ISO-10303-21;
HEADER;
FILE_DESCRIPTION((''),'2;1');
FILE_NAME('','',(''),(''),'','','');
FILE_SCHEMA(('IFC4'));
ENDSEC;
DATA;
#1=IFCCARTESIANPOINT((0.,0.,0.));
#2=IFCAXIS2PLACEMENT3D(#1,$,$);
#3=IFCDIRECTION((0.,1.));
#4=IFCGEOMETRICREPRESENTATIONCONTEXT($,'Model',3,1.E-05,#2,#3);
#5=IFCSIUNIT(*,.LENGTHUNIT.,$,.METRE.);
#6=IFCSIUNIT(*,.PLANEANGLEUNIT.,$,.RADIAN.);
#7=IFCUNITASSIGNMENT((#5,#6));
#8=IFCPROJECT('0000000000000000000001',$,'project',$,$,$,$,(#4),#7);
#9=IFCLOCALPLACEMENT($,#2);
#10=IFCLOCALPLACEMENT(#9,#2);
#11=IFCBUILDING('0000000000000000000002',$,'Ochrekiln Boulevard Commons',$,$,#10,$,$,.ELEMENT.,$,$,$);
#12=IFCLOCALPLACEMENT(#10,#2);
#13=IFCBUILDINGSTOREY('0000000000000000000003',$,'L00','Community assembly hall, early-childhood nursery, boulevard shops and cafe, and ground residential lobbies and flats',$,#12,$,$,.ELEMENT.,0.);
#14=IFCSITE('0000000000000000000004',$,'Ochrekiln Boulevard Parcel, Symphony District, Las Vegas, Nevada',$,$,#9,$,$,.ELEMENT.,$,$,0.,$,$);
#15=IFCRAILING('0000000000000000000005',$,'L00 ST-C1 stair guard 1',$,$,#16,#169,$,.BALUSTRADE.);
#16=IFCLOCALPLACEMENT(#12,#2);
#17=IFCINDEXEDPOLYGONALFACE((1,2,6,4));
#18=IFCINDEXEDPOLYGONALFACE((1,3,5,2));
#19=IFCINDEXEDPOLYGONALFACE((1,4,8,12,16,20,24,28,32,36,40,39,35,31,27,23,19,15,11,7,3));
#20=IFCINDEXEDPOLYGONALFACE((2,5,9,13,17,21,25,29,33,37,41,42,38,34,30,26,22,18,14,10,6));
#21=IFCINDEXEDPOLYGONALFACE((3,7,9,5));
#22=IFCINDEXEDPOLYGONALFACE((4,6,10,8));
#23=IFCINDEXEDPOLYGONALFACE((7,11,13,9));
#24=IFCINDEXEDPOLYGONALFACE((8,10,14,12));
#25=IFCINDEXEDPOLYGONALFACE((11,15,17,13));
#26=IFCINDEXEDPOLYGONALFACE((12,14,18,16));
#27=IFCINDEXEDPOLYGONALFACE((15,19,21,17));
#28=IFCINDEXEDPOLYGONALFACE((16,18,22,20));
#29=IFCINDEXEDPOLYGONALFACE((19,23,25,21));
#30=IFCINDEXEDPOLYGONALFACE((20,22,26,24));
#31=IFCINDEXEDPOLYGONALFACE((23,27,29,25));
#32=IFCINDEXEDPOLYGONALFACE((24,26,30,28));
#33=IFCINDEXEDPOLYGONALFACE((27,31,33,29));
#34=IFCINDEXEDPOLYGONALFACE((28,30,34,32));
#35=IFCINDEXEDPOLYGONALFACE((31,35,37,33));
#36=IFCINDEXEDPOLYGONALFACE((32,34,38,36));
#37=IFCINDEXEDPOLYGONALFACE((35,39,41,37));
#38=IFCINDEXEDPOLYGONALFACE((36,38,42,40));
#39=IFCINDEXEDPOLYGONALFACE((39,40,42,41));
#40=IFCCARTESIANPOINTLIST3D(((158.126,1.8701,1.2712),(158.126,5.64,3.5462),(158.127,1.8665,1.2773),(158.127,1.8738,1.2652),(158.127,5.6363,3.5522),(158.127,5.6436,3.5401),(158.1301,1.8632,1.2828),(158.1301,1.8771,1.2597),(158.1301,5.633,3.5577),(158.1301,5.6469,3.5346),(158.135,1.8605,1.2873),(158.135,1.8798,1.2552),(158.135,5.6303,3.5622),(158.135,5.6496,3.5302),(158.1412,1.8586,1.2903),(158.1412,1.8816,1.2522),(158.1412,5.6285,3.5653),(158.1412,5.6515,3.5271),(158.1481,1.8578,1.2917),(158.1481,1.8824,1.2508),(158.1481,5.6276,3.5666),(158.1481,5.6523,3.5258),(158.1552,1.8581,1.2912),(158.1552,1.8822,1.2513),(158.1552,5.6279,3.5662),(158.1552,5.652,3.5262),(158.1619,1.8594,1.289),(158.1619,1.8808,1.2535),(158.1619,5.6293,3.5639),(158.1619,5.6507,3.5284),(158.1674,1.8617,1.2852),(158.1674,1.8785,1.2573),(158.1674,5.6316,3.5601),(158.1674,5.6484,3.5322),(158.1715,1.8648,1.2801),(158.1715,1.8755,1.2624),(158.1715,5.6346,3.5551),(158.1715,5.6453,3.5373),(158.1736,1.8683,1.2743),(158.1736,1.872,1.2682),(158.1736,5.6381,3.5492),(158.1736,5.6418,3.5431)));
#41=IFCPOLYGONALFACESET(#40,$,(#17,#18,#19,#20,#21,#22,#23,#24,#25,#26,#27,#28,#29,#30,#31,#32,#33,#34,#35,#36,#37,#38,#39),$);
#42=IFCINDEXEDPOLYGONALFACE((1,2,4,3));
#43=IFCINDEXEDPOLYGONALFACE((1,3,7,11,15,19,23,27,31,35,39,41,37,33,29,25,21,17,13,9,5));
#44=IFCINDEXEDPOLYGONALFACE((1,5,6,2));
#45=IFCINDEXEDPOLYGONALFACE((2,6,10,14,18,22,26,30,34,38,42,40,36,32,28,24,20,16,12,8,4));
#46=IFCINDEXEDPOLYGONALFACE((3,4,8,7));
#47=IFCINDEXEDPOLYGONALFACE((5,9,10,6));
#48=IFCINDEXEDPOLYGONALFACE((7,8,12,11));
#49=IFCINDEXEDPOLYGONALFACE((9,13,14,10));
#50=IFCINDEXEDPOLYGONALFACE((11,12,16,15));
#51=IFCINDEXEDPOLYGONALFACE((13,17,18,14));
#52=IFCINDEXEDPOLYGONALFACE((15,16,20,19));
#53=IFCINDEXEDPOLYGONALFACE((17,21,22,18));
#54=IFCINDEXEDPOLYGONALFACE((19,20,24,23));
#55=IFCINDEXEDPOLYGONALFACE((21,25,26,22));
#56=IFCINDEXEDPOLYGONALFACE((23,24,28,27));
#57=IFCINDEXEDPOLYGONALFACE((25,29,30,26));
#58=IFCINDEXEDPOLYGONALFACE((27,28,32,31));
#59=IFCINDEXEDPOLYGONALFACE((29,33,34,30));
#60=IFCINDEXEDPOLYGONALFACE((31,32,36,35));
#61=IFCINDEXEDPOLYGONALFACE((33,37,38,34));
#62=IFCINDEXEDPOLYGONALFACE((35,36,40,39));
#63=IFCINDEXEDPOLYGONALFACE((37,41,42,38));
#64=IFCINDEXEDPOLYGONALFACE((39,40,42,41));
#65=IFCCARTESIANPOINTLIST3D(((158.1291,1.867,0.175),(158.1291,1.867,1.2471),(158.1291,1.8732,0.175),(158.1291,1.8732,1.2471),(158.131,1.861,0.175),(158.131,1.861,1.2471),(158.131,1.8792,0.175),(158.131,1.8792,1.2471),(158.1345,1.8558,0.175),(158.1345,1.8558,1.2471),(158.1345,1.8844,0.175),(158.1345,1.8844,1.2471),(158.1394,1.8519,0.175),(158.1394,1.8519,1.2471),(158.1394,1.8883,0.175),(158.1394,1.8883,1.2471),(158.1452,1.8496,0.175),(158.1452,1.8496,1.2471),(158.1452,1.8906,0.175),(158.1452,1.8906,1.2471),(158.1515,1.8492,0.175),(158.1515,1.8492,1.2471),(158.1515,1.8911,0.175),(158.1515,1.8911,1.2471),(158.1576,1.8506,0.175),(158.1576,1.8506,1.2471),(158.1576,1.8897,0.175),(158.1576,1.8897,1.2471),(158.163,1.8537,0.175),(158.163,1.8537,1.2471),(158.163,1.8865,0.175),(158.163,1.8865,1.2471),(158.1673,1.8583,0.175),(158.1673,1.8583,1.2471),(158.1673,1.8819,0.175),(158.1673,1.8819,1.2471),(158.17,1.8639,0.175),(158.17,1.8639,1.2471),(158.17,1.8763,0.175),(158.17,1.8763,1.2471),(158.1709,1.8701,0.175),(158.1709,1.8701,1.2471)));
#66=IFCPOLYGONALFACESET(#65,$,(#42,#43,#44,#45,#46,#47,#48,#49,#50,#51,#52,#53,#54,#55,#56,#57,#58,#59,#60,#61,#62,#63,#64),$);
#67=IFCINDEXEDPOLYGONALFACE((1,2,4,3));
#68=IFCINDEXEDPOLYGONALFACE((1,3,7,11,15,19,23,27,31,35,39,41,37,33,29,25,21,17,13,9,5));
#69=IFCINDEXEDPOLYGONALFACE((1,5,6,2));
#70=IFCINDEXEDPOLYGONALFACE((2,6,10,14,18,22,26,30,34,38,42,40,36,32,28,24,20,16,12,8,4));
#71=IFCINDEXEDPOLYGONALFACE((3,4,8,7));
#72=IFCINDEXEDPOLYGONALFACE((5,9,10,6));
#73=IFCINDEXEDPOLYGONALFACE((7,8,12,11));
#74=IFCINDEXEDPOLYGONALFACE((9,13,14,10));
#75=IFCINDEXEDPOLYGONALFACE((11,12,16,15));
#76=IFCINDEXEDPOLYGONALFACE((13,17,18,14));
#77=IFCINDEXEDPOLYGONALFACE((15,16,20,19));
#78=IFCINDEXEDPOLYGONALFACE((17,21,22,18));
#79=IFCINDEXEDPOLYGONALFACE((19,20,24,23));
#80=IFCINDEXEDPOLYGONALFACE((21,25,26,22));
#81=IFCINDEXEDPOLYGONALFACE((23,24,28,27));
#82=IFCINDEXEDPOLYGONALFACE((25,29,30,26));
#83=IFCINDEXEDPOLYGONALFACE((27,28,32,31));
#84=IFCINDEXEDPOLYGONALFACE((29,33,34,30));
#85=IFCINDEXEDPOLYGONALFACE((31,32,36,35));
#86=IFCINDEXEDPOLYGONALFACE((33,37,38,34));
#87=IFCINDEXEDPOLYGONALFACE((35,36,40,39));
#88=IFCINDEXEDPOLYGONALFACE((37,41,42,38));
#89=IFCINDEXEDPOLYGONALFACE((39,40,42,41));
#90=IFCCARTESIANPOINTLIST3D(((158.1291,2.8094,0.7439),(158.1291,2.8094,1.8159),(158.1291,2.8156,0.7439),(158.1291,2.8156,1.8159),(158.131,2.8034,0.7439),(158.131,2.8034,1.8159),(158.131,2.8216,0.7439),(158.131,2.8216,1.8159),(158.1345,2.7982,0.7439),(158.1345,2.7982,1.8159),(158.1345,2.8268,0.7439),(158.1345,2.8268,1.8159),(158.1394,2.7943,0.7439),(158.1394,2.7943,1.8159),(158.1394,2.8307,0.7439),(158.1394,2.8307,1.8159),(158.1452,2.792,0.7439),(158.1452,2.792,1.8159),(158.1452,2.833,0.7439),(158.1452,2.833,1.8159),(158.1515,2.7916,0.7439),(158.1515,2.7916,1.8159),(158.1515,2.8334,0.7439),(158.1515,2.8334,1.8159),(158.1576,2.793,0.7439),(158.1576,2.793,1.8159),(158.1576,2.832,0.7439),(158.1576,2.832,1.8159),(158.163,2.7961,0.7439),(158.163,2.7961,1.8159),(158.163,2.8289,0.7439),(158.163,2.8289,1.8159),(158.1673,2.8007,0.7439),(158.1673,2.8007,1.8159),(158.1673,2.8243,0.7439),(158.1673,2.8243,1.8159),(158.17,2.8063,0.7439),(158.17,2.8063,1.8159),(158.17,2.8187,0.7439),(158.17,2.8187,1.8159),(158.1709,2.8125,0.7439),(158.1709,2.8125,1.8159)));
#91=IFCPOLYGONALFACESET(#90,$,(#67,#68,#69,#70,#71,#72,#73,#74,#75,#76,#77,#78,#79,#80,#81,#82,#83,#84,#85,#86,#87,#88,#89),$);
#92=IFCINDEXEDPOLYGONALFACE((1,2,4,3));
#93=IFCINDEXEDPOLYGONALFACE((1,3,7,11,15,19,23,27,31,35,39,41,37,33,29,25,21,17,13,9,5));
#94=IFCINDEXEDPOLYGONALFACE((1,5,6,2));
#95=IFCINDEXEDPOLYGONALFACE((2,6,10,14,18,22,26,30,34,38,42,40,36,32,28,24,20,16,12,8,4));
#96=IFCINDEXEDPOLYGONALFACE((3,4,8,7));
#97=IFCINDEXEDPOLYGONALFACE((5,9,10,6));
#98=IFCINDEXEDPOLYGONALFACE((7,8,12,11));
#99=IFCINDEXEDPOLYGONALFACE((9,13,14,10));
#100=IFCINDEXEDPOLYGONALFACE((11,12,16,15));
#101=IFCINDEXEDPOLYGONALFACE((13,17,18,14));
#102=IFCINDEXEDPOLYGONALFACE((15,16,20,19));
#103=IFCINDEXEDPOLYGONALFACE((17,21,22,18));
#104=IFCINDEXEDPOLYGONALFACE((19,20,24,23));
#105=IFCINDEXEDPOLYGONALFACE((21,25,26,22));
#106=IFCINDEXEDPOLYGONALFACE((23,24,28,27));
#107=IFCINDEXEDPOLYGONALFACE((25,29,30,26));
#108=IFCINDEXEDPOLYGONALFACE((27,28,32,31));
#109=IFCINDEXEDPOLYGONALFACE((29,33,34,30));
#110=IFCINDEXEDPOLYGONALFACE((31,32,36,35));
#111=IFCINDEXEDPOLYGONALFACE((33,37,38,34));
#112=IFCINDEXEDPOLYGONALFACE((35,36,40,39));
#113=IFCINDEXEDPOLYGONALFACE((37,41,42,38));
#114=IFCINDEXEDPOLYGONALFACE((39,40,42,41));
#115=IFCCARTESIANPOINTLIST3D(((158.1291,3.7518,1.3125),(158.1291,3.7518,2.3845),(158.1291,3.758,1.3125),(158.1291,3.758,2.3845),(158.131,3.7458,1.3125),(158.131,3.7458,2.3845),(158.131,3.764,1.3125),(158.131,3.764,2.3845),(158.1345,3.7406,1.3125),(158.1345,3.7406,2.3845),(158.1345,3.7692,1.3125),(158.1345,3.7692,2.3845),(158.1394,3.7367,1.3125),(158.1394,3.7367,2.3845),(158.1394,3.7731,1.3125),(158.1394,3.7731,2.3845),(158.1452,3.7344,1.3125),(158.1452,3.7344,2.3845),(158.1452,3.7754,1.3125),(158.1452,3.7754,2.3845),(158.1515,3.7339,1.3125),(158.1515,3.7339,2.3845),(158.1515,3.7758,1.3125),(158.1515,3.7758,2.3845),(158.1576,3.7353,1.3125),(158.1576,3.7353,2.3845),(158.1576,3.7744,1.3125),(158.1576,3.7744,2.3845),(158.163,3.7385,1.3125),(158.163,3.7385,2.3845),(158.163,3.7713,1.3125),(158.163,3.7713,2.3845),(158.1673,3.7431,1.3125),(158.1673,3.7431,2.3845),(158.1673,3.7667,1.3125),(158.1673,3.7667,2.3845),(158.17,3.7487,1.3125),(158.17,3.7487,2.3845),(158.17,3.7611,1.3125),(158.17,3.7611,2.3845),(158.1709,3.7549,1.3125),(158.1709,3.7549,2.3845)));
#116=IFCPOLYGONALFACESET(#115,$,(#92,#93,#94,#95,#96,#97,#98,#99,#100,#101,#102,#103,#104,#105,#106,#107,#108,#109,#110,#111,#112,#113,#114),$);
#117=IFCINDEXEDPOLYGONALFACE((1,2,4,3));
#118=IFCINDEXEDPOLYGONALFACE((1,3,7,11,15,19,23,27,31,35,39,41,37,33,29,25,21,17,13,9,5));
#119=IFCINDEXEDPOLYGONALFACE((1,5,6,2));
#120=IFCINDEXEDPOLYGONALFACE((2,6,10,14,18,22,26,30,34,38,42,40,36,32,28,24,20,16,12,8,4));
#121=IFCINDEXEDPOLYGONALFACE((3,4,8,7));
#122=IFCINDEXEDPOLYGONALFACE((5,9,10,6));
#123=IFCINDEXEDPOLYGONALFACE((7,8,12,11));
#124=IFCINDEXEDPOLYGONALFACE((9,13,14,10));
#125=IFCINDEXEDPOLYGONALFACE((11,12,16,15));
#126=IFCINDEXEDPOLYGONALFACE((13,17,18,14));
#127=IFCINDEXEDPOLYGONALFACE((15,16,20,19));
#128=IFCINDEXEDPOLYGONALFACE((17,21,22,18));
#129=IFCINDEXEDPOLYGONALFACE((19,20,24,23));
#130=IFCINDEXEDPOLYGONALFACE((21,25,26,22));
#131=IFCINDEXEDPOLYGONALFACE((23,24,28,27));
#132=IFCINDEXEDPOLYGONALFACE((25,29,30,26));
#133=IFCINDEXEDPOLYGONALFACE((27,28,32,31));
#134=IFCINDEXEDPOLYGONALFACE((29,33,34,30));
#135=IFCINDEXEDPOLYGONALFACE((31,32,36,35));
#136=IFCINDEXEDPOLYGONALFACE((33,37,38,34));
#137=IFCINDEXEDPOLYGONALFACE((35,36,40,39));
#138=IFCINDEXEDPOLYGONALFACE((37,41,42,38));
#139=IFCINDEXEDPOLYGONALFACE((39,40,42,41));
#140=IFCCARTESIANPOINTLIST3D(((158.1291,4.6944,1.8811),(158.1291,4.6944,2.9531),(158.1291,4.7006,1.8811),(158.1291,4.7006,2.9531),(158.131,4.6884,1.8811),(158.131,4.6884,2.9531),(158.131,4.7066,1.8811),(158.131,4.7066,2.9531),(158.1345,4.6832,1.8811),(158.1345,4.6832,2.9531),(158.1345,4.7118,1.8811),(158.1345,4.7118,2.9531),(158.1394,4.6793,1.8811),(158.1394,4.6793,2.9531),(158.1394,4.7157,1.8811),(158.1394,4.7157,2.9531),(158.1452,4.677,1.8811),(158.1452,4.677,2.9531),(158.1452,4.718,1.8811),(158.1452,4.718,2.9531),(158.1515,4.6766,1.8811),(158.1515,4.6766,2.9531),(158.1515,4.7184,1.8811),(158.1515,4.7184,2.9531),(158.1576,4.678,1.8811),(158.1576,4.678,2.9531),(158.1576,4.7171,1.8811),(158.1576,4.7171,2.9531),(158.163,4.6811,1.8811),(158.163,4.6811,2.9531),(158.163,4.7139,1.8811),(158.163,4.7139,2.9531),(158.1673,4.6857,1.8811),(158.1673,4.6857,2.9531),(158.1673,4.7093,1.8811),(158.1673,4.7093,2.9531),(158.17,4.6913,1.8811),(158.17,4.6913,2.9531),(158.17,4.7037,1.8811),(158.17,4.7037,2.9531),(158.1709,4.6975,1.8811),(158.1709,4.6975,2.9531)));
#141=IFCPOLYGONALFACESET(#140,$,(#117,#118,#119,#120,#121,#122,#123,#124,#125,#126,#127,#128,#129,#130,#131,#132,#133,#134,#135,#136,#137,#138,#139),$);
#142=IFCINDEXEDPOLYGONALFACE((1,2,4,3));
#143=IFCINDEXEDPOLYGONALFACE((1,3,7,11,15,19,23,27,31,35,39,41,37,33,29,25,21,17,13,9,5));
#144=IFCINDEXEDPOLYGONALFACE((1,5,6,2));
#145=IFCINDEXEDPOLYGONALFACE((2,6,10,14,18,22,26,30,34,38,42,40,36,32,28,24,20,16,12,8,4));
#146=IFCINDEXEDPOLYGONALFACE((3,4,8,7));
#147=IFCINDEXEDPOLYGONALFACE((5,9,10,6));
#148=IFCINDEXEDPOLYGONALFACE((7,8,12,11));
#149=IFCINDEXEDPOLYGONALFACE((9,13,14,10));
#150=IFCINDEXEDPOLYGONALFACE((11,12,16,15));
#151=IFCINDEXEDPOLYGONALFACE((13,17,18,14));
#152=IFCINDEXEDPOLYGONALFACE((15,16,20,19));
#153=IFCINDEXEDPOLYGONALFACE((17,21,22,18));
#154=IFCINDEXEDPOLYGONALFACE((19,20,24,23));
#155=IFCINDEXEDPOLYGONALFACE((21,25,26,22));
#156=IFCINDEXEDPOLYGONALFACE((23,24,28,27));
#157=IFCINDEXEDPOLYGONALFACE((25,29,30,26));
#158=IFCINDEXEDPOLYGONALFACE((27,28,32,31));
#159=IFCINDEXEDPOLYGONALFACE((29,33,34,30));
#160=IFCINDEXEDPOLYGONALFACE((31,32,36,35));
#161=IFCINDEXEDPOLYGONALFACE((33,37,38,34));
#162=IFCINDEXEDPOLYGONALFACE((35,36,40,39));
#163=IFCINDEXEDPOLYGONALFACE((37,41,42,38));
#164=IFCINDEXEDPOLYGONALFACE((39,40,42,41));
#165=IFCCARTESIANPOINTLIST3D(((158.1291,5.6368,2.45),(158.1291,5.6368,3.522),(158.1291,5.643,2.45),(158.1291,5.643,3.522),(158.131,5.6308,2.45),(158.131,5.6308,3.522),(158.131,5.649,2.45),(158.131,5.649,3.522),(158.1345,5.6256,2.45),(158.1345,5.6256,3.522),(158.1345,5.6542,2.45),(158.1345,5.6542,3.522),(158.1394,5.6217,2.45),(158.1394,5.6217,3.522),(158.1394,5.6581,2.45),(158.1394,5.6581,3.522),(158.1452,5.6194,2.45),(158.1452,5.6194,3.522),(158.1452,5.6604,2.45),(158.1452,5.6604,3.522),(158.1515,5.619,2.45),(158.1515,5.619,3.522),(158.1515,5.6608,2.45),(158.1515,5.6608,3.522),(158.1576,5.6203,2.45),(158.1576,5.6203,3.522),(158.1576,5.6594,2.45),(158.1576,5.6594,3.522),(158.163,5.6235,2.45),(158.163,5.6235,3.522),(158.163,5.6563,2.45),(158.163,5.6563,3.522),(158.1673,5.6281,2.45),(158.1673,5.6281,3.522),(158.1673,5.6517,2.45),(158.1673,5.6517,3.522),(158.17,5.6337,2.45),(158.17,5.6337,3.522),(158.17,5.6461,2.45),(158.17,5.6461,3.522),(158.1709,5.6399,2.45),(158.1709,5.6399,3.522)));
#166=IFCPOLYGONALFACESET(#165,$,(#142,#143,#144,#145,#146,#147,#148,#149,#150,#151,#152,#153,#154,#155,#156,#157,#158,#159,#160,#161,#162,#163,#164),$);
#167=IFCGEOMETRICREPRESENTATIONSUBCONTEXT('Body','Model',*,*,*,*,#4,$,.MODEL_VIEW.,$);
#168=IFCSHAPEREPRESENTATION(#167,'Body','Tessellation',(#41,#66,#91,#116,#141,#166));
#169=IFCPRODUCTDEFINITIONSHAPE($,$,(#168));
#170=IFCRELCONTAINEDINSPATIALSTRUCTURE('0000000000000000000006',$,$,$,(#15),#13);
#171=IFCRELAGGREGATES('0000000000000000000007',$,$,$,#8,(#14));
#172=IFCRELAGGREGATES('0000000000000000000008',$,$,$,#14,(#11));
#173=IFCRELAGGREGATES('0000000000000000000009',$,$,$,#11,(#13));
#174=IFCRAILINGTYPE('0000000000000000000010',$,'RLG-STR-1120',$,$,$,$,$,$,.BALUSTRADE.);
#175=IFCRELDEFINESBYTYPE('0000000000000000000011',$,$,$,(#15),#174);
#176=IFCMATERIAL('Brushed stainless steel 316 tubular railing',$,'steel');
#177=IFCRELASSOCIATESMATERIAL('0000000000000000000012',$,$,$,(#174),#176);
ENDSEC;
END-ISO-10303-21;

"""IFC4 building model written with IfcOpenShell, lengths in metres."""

from ifc_helpers import new_model, si_unit, direction, frame, origin, origin_2d, place, context, subcontext, project, spatial, circle, extrude, material, type_object, element, save


model = new_model("IFC4")

# Units and contexts
model_context = context("Model", 3, precision=1e-05, world=origin(), true_north=direction((0.0, 1.0)))
body_context = subcontext(model_context, "Body", "Model", "MODEL_VIEW")
ifc_project = project(units=[si_unit("LENGTHUNIT", "METRE"), si_unit("PLANEANGLEUNIT", "RADIAN")], contexts=[model_context])

# Site, building, storey
site_placement = place(None, origin())
site = spatial("IfcSite", under=ifc_project, at=site_placement, Name="Ochrekiln Boulevard Parcel, Symphony District, Las Vegas, Nevada", CompositionType="ELEMENT", RefElevation=0.0)
building_placement = place(site_placement, origin())
building = spatial("IfcBuilding", under=site, at=building_placement, Name="Ochrekiln Boulevard Commons", CompositionType="ELEMENT")
storey_placement = place(building_placement, origin())
storey = spatial("IfcBuildingStorey", under=building, at=storey_placement, Name="L00", Description="Community assembly hall, early-childhood nursery, boulevard shops and cafe, and ground residential lobbies and flats", CompositionType="ELEMENT", Elevation=0.0)

# Railing
ifc_material_1 = material(Name="Brushed stainless steel 316 tubular railing", Category="steel")
railing_type_1 = type_object("IfcRailingType", Name="RLG-STR-1120", PredefinedType="BALUSTRADE", material=ifc_material_1)
railing_1_placement = place(storey_placement, frame((158.1499, 1.8701, 0.175)))
element("IfcRailing", 1, at=railing_1_placement, inside=storey, type_object=railing_type_1, Name="L00 ST-C1 stair guard 1", PredefinedType="BALUSTRADE", context=body_context, shape_type="SweptSolid", body=[
    extrude(circle(Radius=0.0239, at=origin_2d()), frame((0.0, 0.0, 1.0962), z_axis=(0.0, 0.856184, 0.516671), x_axis=(-1.0, 0.0, 0.0)), (0.0, 0.0, 1.0), 4.4031),
    extrude(circle(Radius=0.021, at=origin_2d()), origin(), (0.0, 0.0, 1.0), 1.072),
    extrude(circle(Radius=0.021, at=origin_2d()), frame((0.0, 0.9424, 0.5688)), (0.0, 0.0, 1.0), 1.072),
    extrude(circle(Radius=0.021, at=origin_2d()), frame((0.0, 1.8848, 1.1375)), (0.0, 0.0, 1.0), 1.072),
    extrude(circle(Radius=0.021, at=origin_2d()), frame((0.0, 2.8274, 1.7061)), (0.0, 0.0, 1.0), 1.072),
    extrude(circle(Radius=0.021, at=origin_2d()), frame((0.0, 3.7698, 2.2749)), (0.0, 0.0, 1.0), 1.072),
])

save(model, "model.ifc")
